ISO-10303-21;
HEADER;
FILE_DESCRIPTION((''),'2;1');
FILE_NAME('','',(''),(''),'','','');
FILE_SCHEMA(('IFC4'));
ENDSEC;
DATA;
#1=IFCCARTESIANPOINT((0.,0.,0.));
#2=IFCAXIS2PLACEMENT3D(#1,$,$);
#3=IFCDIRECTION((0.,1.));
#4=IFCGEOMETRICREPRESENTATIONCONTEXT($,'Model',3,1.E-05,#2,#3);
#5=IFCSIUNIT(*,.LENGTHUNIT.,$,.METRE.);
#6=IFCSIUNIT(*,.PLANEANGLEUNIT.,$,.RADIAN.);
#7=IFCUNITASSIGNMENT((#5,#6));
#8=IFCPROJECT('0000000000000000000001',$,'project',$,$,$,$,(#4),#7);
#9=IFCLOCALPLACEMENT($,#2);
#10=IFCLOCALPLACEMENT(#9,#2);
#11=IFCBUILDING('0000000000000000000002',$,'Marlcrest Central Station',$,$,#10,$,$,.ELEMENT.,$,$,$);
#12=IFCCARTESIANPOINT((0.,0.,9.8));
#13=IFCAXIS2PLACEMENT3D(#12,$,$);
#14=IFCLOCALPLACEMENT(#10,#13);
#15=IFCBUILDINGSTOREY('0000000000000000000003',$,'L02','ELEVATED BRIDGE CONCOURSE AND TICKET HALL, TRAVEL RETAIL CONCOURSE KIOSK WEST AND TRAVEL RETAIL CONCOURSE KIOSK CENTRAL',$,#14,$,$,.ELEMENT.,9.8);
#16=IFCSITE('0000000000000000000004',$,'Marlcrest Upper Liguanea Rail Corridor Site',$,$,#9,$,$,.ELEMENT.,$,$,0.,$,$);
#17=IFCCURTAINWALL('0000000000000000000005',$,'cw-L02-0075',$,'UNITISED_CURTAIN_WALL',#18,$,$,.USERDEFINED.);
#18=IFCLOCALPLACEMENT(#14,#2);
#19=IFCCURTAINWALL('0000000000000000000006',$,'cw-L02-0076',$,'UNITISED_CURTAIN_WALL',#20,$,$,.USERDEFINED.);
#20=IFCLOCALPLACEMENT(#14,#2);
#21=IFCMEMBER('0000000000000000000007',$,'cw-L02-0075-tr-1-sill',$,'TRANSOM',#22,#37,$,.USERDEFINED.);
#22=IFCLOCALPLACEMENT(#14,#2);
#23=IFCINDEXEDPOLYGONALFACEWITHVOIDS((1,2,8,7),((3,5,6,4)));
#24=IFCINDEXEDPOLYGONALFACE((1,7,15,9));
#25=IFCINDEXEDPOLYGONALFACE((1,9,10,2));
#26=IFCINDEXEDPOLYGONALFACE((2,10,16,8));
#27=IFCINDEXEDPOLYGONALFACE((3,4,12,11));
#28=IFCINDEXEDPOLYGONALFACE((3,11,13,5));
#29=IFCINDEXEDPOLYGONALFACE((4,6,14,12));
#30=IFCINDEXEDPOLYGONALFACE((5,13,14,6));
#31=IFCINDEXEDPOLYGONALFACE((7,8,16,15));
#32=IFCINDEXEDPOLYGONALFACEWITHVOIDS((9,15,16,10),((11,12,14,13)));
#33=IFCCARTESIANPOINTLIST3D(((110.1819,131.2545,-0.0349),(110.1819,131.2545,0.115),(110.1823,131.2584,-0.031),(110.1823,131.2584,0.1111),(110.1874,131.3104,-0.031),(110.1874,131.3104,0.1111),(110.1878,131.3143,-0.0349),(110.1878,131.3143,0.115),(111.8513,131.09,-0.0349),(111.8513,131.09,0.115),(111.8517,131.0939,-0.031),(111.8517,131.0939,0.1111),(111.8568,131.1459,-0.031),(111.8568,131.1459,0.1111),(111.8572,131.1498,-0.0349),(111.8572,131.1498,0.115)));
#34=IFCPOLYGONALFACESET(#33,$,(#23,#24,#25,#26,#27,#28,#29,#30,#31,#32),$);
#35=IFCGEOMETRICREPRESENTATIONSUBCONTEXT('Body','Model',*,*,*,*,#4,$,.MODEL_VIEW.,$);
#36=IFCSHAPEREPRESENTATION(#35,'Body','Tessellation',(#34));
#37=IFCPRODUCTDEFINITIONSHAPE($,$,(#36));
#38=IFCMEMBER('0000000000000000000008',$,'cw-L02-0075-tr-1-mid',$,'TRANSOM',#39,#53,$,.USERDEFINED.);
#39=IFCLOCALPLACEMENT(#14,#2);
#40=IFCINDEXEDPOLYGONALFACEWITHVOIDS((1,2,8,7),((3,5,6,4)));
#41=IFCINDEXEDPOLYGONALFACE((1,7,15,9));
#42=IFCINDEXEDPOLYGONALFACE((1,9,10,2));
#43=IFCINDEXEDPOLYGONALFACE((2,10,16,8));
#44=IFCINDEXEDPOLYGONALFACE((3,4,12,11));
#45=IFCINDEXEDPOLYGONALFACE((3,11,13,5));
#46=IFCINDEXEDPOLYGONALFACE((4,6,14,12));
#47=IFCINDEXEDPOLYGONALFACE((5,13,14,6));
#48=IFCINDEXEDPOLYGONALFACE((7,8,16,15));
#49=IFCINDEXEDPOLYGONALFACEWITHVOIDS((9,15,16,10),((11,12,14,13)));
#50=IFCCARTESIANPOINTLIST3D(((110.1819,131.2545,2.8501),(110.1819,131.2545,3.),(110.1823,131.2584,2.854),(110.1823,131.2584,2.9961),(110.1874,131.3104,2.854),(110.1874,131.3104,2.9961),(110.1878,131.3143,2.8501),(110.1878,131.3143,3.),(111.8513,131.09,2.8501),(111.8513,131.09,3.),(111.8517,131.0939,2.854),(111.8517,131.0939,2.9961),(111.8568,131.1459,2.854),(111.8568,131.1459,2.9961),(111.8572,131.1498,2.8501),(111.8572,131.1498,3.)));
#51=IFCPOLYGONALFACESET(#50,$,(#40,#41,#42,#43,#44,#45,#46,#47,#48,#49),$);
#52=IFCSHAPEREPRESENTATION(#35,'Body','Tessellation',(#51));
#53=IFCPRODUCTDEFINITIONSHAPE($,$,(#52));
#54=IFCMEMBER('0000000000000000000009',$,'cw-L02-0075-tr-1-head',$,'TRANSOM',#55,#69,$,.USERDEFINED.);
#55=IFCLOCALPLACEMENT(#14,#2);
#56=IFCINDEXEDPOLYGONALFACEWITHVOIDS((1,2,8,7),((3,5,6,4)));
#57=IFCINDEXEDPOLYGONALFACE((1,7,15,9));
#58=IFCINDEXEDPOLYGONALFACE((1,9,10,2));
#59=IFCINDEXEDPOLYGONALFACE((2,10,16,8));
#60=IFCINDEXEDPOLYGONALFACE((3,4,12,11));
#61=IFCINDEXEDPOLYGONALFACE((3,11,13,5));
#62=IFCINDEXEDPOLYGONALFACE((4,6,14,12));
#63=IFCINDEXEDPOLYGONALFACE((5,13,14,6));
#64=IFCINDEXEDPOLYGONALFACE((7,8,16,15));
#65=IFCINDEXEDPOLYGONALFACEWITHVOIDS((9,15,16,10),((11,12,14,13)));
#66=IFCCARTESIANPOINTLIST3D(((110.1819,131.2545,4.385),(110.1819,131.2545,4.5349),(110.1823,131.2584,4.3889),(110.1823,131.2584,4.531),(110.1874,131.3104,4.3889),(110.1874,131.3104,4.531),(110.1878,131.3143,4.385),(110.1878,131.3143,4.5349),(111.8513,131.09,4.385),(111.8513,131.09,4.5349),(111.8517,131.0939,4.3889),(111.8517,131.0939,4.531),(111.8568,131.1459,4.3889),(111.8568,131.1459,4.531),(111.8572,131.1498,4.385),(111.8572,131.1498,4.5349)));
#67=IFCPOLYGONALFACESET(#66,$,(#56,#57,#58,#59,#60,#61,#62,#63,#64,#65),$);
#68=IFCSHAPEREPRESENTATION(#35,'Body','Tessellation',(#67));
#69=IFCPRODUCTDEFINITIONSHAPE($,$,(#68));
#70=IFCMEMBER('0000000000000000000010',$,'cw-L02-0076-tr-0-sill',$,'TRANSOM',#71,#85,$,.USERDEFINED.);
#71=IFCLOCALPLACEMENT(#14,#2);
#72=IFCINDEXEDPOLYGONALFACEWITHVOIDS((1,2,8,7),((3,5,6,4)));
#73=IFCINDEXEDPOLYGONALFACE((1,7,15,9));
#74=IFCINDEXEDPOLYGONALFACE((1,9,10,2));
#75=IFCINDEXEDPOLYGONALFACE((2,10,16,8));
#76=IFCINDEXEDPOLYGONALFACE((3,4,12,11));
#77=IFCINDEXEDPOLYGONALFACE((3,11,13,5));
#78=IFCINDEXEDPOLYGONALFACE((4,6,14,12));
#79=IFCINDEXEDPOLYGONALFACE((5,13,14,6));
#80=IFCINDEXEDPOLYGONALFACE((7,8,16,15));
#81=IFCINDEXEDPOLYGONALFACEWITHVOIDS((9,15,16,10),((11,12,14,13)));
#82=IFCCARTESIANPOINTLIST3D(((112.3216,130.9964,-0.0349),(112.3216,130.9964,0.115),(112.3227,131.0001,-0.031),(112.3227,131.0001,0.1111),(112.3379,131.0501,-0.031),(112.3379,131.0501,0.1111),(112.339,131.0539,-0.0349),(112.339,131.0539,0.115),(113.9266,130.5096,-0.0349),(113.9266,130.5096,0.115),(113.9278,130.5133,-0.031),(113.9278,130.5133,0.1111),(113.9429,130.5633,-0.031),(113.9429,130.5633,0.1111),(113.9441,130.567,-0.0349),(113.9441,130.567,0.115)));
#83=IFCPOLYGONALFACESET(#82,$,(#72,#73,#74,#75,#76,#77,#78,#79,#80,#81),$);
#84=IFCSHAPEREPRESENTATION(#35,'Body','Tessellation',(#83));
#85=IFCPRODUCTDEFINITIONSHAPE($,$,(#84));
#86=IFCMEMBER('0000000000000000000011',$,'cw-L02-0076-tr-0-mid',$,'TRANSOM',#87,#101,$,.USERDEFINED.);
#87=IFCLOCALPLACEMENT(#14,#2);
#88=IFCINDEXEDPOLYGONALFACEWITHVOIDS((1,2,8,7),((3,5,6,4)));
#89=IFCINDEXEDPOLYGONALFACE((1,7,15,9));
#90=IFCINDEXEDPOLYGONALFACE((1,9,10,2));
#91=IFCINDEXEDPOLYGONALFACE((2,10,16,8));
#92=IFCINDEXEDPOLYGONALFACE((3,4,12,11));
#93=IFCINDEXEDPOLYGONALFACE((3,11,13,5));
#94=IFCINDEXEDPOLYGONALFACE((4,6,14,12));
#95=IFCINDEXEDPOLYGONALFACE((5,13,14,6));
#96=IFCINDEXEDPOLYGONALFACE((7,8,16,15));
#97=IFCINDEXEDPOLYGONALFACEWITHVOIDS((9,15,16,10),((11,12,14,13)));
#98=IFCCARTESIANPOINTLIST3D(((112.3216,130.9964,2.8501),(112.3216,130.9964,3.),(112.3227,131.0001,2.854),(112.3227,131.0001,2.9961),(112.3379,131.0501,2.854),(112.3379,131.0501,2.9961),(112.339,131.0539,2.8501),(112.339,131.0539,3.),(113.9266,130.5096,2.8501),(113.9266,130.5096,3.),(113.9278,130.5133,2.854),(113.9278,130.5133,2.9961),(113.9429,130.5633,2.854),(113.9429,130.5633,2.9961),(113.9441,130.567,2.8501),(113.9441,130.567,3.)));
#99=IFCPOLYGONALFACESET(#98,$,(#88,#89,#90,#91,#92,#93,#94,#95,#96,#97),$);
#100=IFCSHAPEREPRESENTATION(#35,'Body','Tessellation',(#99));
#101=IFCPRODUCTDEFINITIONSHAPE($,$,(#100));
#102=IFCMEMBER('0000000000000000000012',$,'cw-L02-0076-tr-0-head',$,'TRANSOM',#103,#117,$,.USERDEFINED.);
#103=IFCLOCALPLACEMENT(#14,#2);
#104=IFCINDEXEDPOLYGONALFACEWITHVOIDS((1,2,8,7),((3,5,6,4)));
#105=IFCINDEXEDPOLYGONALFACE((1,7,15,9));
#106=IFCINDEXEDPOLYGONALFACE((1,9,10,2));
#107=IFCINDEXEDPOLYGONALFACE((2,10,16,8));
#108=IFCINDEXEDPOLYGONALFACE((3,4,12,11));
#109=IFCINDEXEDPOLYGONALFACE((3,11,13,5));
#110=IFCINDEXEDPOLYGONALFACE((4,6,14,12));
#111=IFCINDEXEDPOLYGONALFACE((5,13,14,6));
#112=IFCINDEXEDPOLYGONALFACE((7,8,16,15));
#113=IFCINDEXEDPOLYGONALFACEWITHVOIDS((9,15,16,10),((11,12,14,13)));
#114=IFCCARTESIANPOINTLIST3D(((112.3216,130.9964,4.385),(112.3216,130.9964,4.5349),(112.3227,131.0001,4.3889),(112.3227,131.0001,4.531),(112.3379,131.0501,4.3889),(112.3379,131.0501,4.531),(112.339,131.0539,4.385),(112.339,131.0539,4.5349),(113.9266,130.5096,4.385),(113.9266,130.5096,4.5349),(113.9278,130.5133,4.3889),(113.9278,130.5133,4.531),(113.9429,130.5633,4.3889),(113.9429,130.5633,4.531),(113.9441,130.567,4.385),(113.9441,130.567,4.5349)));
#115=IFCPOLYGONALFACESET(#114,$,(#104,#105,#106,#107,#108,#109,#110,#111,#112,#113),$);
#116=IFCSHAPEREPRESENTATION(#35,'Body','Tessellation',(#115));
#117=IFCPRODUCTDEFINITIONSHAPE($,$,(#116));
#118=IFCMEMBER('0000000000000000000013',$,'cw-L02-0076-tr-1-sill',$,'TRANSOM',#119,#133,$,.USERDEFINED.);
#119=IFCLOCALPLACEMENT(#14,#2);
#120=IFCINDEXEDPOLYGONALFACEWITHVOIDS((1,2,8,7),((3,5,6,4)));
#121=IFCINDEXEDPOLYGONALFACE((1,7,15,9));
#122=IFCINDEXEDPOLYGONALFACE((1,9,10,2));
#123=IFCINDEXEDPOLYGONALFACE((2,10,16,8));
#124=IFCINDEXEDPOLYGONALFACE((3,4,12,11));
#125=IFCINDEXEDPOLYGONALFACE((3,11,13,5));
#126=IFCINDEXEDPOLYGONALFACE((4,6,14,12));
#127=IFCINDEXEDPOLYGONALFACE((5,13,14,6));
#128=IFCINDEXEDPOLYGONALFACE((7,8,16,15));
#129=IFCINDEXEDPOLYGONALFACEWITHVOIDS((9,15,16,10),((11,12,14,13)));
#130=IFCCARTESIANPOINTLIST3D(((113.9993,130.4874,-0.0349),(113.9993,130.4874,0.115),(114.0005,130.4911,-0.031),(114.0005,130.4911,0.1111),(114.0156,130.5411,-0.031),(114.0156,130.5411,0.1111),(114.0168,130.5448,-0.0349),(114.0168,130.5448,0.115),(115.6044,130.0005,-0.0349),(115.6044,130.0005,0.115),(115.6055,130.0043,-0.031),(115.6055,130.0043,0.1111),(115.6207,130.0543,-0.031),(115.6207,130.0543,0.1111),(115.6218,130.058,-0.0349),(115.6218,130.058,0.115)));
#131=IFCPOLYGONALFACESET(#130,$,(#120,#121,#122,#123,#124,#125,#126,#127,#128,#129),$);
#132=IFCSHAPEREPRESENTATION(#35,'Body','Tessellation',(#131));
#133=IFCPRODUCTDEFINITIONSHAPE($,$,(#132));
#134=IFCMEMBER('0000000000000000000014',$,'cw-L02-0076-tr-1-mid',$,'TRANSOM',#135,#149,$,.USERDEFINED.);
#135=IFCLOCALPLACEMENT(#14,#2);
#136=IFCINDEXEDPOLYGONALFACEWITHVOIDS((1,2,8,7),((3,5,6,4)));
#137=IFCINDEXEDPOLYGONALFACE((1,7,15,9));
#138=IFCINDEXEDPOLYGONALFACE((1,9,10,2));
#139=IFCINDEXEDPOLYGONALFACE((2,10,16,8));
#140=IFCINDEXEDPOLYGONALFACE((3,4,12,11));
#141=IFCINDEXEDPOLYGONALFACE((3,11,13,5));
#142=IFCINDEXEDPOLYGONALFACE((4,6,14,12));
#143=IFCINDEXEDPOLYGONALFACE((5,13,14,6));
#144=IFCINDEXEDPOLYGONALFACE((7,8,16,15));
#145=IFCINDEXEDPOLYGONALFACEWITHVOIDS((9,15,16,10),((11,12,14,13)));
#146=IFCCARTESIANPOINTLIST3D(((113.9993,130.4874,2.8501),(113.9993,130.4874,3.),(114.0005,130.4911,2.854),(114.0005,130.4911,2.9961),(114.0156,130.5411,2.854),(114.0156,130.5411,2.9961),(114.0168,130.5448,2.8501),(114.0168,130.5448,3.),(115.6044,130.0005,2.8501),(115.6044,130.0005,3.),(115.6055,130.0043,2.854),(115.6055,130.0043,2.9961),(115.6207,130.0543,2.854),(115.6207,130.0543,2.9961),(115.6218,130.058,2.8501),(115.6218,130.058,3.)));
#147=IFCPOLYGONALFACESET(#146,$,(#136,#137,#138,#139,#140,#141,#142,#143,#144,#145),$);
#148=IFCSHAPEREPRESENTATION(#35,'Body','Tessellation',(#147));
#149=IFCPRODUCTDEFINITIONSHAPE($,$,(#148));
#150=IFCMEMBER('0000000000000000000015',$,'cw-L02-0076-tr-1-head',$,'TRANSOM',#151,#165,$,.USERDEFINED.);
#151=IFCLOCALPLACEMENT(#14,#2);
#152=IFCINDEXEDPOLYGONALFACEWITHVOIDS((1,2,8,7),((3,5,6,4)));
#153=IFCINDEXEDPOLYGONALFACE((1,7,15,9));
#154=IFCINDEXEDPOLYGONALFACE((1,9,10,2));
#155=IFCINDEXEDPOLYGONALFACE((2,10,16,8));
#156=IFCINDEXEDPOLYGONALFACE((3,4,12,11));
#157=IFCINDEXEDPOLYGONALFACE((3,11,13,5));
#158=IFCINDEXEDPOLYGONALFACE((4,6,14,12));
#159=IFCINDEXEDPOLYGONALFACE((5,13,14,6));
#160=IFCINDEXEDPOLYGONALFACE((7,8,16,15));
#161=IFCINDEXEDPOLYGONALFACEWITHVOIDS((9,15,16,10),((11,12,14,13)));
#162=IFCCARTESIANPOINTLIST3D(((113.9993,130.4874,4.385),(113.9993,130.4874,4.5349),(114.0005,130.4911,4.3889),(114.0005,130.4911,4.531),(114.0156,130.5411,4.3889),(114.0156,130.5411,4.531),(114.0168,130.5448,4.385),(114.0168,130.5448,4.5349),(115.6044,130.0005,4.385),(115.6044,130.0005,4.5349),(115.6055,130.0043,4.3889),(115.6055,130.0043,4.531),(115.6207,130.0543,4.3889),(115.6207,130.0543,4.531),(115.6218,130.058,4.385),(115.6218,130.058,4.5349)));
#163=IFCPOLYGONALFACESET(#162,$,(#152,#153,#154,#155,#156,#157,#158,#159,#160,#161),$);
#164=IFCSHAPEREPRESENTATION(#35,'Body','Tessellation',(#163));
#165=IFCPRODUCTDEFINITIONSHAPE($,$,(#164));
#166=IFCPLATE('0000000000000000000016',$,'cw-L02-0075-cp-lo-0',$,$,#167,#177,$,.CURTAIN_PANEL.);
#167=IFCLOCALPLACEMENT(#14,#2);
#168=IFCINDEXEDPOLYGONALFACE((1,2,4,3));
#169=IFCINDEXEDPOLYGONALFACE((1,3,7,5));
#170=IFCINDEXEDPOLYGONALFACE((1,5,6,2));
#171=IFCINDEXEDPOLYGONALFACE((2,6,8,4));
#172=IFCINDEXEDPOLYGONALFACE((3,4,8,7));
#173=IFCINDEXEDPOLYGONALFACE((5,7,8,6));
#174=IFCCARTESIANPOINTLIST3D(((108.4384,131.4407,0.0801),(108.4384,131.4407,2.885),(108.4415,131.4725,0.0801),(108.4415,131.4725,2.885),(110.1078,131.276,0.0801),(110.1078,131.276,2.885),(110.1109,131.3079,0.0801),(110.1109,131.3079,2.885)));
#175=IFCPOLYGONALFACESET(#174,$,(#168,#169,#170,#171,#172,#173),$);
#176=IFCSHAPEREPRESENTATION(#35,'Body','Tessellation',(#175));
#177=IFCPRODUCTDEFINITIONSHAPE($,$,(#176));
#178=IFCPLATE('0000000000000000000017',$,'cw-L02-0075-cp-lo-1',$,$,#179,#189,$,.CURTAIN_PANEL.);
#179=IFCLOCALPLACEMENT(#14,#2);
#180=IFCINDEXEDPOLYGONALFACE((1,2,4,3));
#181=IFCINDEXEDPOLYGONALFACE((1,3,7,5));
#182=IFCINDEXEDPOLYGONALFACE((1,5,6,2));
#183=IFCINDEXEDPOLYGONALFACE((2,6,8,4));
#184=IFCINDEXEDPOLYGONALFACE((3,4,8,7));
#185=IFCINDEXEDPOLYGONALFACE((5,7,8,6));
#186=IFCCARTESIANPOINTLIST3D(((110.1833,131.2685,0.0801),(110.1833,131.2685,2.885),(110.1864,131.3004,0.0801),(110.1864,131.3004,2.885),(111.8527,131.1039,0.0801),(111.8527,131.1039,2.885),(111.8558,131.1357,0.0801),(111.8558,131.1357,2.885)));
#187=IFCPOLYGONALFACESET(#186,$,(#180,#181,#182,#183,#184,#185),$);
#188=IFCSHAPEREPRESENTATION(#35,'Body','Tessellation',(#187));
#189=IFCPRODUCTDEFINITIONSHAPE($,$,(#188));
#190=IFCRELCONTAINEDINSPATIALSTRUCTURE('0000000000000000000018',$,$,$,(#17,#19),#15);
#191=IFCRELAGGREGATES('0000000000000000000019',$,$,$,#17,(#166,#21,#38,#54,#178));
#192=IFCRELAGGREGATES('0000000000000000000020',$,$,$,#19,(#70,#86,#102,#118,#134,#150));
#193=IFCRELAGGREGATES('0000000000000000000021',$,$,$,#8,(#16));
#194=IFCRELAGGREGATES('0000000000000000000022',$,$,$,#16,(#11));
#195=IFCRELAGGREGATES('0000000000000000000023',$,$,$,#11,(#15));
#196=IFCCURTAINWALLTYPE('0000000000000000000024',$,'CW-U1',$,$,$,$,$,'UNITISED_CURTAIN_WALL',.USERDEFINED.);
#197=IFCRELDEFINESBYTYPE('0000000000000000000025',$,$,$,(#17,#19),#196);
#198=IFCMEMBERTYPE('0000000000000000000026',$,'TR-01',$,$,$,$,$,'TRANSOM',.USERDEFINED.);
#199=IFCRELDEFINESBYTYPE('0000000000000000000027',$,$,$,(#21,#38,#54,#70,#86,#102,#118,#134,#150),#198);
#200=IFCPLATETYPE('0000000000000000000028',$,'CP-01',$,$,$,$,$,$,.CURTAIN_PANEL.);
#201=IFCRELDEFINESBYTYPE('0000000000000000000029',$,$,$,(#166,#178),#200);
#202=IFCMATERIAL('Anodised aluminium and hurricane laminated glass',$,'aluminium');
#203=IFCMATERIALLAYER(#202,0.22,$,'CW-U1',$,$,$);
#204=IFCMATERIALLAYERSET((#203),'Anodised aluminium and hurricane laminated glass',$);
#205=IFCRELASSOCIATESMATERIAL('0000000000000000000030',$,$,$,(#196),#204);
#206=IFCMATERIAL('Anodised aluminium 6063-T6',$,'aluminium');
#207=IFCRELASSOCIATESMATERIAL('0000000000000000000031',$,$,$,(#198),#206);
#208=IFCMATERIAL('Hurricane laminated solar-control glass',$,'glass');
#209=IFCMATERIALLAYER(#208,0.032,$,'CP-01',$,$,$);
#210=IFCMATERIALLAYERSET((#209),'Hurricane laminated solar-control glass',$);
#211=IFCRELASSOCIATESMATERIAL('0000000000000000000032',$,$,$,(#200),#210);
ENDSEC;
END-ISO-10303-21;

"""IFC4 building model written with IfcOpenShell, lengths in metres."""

from ifc_helpers import new_model, si_unit, direction, frame, origin, origin_2d, place, context, subcontext, project, spatial, rectangle, hollow_rectangle, extrude, material, layer, layer_set, material_profile, profile_set, type_object, element, aggregate, save


model = new_model("IFC4")

# Units and contexts
model_context = context("Model", 3, precision=1e-05, world=origin(), true_north=direction((0.0, 1.0)))
body_context = subcontext(model_context, "Body", "Model", "MODEL_VIEW")
ifc_project = project(units=[si_unit("LENGTHUNIT", "METRE"), si_unit("PLANEANGLEUNIT", "RADIAN")], contexts=[model_context])

# Site, building, storey
site_placement = place(None, origin())
site = spatial("IfcSite", under=ifc_project, at=site_placement, Name="Marlcrest Upper Liguanea Rail Corridor Site", CompositionType="ELEMENT", RefElevation=0.0)
building_placement = place(site_placement, origin())
building = spatial("IfcBuilding", under=site, at=building_placement, Name="Marlcrest Central Station", CompositionType="ELEMENT")
storey_placement = place(building_placement, frame((0.0, 0.0, 9.8)))
storey = spatial("IfcBuildingStorey", under=building, at=storey_placement, Name="L02", Description="ELEVATED BRIDGE CONCOURSE AND TICKET HALL, TRAVEL RETAIL CONCOURSE KIOSK WEST AND TRAVEL RETAIL CONCOURSE KIOSK CENTRAL", CompositionType="ELEMENT", Elevation=9.8)

# Curtain walls
ifc_material_1 = material(Name="Anodised aluminium and hurricane laminated glass", Category="aluminium")
ifc_layer_1 = layer(ifc_material_1, 0.22, Name="CW-U1")
ifc_layer_set_1 = layer_set([ifc_layer_1], Name="Anodised aluminium and hurricane laminated glass")
curtain_wall_type = type_object("IfcCurtainWallType", Name="CW-U1", ElementType="UNITISED_CURTAIN_WALL", PredefinedType="USERDEFINED", material=ifc_layer_set_1)
curtain_wall_1_placement = place(storey_placement, origin())
curtain_wall_1 = element("IfcCurtainWall", 1, at=curtain_wall_1_placement, inside=storey, type_object=curtain_wall_type, Name="cw-L02-0075", ObjectType="UNITISED_CURTAIN_WALL", PredefinedType="USERDEFINED")
ifc_material_2 = material(Name="Anodised aluminium 6063-T6", Category="aluminium")
curtain_wall_2_placement = place(storey_placement, origin())
curtain_wall_2 = element("IfcCurtainWall", 2, at=curtain_wall_2_placement, inside=storey, type_object=curtain_wall_type, Name="cw-L02-0076", ObjectType="UNITISED_CURTAIN_WALL", PredefinedType="USERDEFINED")

# Members
ifc_material_profile_1 = material_profile(ifc_material_2, hollow_rectangle(XDim=0.0601, YDim=0.1499, WallThickness=0.0039, at=origin_2d()), Name="AA-RHS 150x60x4")
ifc_profile_set_1 = profile_set([ifc_material_profile_1], Name="Anodised aluminium 6063-T6")
member_type_1 = type_object("IfcMemberType", Name="TR-01", ElementType="TRANSOM", PredefinedType="USERDEFINED", material=ifc_profile_set_1)
member_1_placement = place(storey_placement, frame((110.1848, 131.2844, 0.04), z_axis=(0.995177, -0.098091, 0.0), x_axis=(0.098091, 0.995177, 0.0)))
member_1 = element("IfcMember", 3, at=member_1_placement, type_object=member_type_1, Name="cw-L02-0075-tr-1-sill", ObjectType="TRANSOM", PredefinedType="USERDEFINED", context=body_context, shape_type="SweptSolid", body=[
    extrude(hollow_rectangle(XDim=0.0601, YDim=0.1499, WallThickness=0.0039, at=origin_2d()), origin(), (0.0, 0.0, 1.0), 1.6775),
])
member_2_placement = place(storey_placement, frame((110.1848, 131.2844, 2.925), z_axis=(0.995177, -0.098091, 0.0), x_axis=(0.098091, 0.995177, 0.0)))
member_2 = element("IfcMember", 4, at=member_2_placement, type_object=member_type_1, Name="cw-L02-0075-tr-1-mid", ObjectType="TRANSOM", PredefinedType="USERDEFINED", context=body_context, shape_type="SweptSolid", body=[
    extrude(hollow_rectangle(XDim=0.0601, YDim=0.1499, WallThickness=0.0039, at=origin_2d()), origin(), (0.0, 0.0, 1.0), 1.6775),
])
member_3_placement = place(storey_placement, frame((110.1848, 131.2844, 4.46), z_axis=(0.995177, -0.098091, 0.0), x_axis=(0.098091, 0.995177, 0.0)))
member_3 = element("IfcMember", 5, at=member_3_placement, type_object=member_type_1, Name="cw-L02-0075-tr-1-head", ObjectType="TRANSOM", PredefinedType="USERDEFINED", context=body_context, shape_type="SweptSolid", body=[
    extrude(hollow_rectangle(XDim=0.0601, YDim=0.1499, WallThickness=0.0039, at=origin_2d()), origin(), (0.0, 0.0, 1.0), 1.6775),
])
member_4_placement = place(storey_placement, frame((112.3303, 131.0251, 0.04), z_axis=(0.956948, -0.290258, 0.0), x_axis=(0.290258, 0.956948, 0.0)))
member_4 = element("IfcMember", 6, at=member_4_placement, type_object=member_type_1, Name="cw-L02-0076-tr-0-sill", ObjectType="TRANSOM", PredefinedType="USERDEFINED", context=body_context, shape_type="SweptSolid", body=[
    extrude(hollow_rectangle(XDim=0.0601, YDim=0.1499, WallThickness=0.0039, at=origin_2d()), origin(), (0.0, 0.0, 1.0), 1.6772),
])
member_5_placement = place(storey_placement, frame((112.3303, 131.0251, 2.925), z_axis=(0.956948, -0.290258, 0.0), x_axis=(0.290258, 0.956948, 0.0)))
member_5 = element("IfcMember", 7, at=member_5_placement, type_object=member_type_1, Name="cw-L02-0076-tr-0-mid", ObjectType="TRANSOM", PredefinedType="USERDEFINED", context=body_context, shape_type="SweptSolid", body=[
    extrude(hollow_rectangle(XDim=0.0601, YDim=0.1499, WallThickness=0.0039, at=origin_2d()), origin(), (0.0, 0.0, 1.0), 1.6772),
])
member_6_placement = place(storey_placement, frame((112.3303, 131.0251, 4.46), z_axis=(0.956948, -0.290258, 0.0), x_axis=(0.290258, 0.956948, 0.0)))
member_6 = element("IfcMember", 8, at=member_6_placement, type_object=member_type_1, Name="cw-L02-0076-tr-0-head", ObjectType="TRANSOM", PredefinedType="USERDEFINED", context=body_context, shape_type="SweptSolid", body=[
    extrude(hollow_rectangle(XDim=0.0601, YDim=0.1499, WallThickness=0.0039, at=origin_2d()), origin(), (0.0, 0.0, 1.0), 1.6772),
])
member_7_placement = place(storey_placement, frame((114.0081, 130.5161, 0.04), z_axis=(0.956948, -0.290258, 0.0), x_axis=(0.290258, 0.956948, 0.0)))
member_7 = element("IfcMember", 9, at=member_7_placement, type_object=member_type_1, Name="cw-L02-0076-tr-1-sill", ObjectType="TRANSOM", PredefinedType="USERDEFINED", context=body_context, shape_type="SweptSolid", body=[
    extrude(hollow_rectangle(XDim=0.0601, YDim=0.1499, WallThickness=0.0039, at=origin_2d()), origin(), (0.0, 0.0, 1.0), 1.6772),
])
member_8_placement = place(storey_placement, frame((114.0081, 130.5161, 2.925), z_axis=(0.956948, -0.290258, 0.0), x_axis=(0.290258, 0.956948, 0.0)))
member_8 = element("IfcMember", 10, at=member_8_placement, type_object=member_type_1, Name="cw-L02-0076-tr-1-mid", ObjectType="TRANSOM", PredefinedType="USERDEFINED", context=body_context, shape_type="SweptSolid", body=[
    extrude(hollow_rectangle(XDim=0.0601, YDim=0.1499, WallThickness=0.0039, at=origin_2d()), origin(), (0.0, 0.0, 1.0), 1.6772),
])
member_9_placement = place(storey_placement, frame((114.0081, 130.5161, 4.46), z_axis=(0.956948, -0.290258, 0.0), x_axis=(0.290258, 0.956948, 0.0)))
member_9 = element("IfcMember", 11, at=member_9_placement, type_object=member_type_1, Name="cw-L02-0076-tr-1-head", ObjectType="TRANSOM", PredefinedType="USERDEFINED", context=body_context, shape_type="SweptSolid", body=[
    extrude(hollow_rectangle(XDim=0.0601, YDim=0.1499, WallThickness=0.0039, at=origin_2d()), origin(), (0.0, 0.0, 1.0), 1.6772),
])

# Plates
ifc_material_3 = material(Name="Hurricane laminated solar-control glass", Category="glass")
ifc_layer_2 = layer(ifc_material_3, 0.032, Name="CP-01")
ifc_layer_set_2 = layer_set([ifc_layer_2], Name="Hurricane laminated solar-control glass")
plate_type_1 = type_object("IfcPlateType", Name="CP-01", PredefinedType="CURTAIN_PANEL", material=ifc_layer_set_2)
plate_1_placement = place(storey_placement, frame((109.2747, 131.3743, 0.0801), z_axis=(0.0, 0.0, 1.0), x_axis=(0.995173, -0.098139, 0.0)))
plate_1 = element("IfcPlate", 12, at=plate_1_placement, type_object=plate_type_1, Name="cw-L02-0075-cp-lo-0", PredefinedType="CURTAIN_PANEL", context=body_context, shape_type="SweptSolid", body=[
    extrude(rectangle(XDim=1.6775, YDim=0.032, at=origin_2d()), origin(), (0.0, 0.0, 1.0), 2.8049),
])
plate_2_placement = place(storey_placement, frame((111.0195, 131.2021, 0.0801), z_axis=(0.0, 0.0, 1.0), x_axis=(0.995173, -0.098139, 0.0)))
plate_2 = element("IfcPlate", 13, at=plate_2_placement, type_object=plate_type_1, Name="cw-L02-0075-cp-lo-1", PredefinedType="CURTAIN_PANEL", context=body_context, shape_type="SweptSolid", body=[
    extrude(rectangle(XDim=1.6775, YDim=0.032, at=origin_2d()), origin(), (0.0, 0.0, 1.0), 2.8049),
])
aggregate(curtain_wall_1, [plate_1, member_1, member_2, member_3, plate_2])
aggregate(curtain_wall_2, [member_4, member_5, member_6, member_7, member_8, member_9])

save(model, "model.ifc")
